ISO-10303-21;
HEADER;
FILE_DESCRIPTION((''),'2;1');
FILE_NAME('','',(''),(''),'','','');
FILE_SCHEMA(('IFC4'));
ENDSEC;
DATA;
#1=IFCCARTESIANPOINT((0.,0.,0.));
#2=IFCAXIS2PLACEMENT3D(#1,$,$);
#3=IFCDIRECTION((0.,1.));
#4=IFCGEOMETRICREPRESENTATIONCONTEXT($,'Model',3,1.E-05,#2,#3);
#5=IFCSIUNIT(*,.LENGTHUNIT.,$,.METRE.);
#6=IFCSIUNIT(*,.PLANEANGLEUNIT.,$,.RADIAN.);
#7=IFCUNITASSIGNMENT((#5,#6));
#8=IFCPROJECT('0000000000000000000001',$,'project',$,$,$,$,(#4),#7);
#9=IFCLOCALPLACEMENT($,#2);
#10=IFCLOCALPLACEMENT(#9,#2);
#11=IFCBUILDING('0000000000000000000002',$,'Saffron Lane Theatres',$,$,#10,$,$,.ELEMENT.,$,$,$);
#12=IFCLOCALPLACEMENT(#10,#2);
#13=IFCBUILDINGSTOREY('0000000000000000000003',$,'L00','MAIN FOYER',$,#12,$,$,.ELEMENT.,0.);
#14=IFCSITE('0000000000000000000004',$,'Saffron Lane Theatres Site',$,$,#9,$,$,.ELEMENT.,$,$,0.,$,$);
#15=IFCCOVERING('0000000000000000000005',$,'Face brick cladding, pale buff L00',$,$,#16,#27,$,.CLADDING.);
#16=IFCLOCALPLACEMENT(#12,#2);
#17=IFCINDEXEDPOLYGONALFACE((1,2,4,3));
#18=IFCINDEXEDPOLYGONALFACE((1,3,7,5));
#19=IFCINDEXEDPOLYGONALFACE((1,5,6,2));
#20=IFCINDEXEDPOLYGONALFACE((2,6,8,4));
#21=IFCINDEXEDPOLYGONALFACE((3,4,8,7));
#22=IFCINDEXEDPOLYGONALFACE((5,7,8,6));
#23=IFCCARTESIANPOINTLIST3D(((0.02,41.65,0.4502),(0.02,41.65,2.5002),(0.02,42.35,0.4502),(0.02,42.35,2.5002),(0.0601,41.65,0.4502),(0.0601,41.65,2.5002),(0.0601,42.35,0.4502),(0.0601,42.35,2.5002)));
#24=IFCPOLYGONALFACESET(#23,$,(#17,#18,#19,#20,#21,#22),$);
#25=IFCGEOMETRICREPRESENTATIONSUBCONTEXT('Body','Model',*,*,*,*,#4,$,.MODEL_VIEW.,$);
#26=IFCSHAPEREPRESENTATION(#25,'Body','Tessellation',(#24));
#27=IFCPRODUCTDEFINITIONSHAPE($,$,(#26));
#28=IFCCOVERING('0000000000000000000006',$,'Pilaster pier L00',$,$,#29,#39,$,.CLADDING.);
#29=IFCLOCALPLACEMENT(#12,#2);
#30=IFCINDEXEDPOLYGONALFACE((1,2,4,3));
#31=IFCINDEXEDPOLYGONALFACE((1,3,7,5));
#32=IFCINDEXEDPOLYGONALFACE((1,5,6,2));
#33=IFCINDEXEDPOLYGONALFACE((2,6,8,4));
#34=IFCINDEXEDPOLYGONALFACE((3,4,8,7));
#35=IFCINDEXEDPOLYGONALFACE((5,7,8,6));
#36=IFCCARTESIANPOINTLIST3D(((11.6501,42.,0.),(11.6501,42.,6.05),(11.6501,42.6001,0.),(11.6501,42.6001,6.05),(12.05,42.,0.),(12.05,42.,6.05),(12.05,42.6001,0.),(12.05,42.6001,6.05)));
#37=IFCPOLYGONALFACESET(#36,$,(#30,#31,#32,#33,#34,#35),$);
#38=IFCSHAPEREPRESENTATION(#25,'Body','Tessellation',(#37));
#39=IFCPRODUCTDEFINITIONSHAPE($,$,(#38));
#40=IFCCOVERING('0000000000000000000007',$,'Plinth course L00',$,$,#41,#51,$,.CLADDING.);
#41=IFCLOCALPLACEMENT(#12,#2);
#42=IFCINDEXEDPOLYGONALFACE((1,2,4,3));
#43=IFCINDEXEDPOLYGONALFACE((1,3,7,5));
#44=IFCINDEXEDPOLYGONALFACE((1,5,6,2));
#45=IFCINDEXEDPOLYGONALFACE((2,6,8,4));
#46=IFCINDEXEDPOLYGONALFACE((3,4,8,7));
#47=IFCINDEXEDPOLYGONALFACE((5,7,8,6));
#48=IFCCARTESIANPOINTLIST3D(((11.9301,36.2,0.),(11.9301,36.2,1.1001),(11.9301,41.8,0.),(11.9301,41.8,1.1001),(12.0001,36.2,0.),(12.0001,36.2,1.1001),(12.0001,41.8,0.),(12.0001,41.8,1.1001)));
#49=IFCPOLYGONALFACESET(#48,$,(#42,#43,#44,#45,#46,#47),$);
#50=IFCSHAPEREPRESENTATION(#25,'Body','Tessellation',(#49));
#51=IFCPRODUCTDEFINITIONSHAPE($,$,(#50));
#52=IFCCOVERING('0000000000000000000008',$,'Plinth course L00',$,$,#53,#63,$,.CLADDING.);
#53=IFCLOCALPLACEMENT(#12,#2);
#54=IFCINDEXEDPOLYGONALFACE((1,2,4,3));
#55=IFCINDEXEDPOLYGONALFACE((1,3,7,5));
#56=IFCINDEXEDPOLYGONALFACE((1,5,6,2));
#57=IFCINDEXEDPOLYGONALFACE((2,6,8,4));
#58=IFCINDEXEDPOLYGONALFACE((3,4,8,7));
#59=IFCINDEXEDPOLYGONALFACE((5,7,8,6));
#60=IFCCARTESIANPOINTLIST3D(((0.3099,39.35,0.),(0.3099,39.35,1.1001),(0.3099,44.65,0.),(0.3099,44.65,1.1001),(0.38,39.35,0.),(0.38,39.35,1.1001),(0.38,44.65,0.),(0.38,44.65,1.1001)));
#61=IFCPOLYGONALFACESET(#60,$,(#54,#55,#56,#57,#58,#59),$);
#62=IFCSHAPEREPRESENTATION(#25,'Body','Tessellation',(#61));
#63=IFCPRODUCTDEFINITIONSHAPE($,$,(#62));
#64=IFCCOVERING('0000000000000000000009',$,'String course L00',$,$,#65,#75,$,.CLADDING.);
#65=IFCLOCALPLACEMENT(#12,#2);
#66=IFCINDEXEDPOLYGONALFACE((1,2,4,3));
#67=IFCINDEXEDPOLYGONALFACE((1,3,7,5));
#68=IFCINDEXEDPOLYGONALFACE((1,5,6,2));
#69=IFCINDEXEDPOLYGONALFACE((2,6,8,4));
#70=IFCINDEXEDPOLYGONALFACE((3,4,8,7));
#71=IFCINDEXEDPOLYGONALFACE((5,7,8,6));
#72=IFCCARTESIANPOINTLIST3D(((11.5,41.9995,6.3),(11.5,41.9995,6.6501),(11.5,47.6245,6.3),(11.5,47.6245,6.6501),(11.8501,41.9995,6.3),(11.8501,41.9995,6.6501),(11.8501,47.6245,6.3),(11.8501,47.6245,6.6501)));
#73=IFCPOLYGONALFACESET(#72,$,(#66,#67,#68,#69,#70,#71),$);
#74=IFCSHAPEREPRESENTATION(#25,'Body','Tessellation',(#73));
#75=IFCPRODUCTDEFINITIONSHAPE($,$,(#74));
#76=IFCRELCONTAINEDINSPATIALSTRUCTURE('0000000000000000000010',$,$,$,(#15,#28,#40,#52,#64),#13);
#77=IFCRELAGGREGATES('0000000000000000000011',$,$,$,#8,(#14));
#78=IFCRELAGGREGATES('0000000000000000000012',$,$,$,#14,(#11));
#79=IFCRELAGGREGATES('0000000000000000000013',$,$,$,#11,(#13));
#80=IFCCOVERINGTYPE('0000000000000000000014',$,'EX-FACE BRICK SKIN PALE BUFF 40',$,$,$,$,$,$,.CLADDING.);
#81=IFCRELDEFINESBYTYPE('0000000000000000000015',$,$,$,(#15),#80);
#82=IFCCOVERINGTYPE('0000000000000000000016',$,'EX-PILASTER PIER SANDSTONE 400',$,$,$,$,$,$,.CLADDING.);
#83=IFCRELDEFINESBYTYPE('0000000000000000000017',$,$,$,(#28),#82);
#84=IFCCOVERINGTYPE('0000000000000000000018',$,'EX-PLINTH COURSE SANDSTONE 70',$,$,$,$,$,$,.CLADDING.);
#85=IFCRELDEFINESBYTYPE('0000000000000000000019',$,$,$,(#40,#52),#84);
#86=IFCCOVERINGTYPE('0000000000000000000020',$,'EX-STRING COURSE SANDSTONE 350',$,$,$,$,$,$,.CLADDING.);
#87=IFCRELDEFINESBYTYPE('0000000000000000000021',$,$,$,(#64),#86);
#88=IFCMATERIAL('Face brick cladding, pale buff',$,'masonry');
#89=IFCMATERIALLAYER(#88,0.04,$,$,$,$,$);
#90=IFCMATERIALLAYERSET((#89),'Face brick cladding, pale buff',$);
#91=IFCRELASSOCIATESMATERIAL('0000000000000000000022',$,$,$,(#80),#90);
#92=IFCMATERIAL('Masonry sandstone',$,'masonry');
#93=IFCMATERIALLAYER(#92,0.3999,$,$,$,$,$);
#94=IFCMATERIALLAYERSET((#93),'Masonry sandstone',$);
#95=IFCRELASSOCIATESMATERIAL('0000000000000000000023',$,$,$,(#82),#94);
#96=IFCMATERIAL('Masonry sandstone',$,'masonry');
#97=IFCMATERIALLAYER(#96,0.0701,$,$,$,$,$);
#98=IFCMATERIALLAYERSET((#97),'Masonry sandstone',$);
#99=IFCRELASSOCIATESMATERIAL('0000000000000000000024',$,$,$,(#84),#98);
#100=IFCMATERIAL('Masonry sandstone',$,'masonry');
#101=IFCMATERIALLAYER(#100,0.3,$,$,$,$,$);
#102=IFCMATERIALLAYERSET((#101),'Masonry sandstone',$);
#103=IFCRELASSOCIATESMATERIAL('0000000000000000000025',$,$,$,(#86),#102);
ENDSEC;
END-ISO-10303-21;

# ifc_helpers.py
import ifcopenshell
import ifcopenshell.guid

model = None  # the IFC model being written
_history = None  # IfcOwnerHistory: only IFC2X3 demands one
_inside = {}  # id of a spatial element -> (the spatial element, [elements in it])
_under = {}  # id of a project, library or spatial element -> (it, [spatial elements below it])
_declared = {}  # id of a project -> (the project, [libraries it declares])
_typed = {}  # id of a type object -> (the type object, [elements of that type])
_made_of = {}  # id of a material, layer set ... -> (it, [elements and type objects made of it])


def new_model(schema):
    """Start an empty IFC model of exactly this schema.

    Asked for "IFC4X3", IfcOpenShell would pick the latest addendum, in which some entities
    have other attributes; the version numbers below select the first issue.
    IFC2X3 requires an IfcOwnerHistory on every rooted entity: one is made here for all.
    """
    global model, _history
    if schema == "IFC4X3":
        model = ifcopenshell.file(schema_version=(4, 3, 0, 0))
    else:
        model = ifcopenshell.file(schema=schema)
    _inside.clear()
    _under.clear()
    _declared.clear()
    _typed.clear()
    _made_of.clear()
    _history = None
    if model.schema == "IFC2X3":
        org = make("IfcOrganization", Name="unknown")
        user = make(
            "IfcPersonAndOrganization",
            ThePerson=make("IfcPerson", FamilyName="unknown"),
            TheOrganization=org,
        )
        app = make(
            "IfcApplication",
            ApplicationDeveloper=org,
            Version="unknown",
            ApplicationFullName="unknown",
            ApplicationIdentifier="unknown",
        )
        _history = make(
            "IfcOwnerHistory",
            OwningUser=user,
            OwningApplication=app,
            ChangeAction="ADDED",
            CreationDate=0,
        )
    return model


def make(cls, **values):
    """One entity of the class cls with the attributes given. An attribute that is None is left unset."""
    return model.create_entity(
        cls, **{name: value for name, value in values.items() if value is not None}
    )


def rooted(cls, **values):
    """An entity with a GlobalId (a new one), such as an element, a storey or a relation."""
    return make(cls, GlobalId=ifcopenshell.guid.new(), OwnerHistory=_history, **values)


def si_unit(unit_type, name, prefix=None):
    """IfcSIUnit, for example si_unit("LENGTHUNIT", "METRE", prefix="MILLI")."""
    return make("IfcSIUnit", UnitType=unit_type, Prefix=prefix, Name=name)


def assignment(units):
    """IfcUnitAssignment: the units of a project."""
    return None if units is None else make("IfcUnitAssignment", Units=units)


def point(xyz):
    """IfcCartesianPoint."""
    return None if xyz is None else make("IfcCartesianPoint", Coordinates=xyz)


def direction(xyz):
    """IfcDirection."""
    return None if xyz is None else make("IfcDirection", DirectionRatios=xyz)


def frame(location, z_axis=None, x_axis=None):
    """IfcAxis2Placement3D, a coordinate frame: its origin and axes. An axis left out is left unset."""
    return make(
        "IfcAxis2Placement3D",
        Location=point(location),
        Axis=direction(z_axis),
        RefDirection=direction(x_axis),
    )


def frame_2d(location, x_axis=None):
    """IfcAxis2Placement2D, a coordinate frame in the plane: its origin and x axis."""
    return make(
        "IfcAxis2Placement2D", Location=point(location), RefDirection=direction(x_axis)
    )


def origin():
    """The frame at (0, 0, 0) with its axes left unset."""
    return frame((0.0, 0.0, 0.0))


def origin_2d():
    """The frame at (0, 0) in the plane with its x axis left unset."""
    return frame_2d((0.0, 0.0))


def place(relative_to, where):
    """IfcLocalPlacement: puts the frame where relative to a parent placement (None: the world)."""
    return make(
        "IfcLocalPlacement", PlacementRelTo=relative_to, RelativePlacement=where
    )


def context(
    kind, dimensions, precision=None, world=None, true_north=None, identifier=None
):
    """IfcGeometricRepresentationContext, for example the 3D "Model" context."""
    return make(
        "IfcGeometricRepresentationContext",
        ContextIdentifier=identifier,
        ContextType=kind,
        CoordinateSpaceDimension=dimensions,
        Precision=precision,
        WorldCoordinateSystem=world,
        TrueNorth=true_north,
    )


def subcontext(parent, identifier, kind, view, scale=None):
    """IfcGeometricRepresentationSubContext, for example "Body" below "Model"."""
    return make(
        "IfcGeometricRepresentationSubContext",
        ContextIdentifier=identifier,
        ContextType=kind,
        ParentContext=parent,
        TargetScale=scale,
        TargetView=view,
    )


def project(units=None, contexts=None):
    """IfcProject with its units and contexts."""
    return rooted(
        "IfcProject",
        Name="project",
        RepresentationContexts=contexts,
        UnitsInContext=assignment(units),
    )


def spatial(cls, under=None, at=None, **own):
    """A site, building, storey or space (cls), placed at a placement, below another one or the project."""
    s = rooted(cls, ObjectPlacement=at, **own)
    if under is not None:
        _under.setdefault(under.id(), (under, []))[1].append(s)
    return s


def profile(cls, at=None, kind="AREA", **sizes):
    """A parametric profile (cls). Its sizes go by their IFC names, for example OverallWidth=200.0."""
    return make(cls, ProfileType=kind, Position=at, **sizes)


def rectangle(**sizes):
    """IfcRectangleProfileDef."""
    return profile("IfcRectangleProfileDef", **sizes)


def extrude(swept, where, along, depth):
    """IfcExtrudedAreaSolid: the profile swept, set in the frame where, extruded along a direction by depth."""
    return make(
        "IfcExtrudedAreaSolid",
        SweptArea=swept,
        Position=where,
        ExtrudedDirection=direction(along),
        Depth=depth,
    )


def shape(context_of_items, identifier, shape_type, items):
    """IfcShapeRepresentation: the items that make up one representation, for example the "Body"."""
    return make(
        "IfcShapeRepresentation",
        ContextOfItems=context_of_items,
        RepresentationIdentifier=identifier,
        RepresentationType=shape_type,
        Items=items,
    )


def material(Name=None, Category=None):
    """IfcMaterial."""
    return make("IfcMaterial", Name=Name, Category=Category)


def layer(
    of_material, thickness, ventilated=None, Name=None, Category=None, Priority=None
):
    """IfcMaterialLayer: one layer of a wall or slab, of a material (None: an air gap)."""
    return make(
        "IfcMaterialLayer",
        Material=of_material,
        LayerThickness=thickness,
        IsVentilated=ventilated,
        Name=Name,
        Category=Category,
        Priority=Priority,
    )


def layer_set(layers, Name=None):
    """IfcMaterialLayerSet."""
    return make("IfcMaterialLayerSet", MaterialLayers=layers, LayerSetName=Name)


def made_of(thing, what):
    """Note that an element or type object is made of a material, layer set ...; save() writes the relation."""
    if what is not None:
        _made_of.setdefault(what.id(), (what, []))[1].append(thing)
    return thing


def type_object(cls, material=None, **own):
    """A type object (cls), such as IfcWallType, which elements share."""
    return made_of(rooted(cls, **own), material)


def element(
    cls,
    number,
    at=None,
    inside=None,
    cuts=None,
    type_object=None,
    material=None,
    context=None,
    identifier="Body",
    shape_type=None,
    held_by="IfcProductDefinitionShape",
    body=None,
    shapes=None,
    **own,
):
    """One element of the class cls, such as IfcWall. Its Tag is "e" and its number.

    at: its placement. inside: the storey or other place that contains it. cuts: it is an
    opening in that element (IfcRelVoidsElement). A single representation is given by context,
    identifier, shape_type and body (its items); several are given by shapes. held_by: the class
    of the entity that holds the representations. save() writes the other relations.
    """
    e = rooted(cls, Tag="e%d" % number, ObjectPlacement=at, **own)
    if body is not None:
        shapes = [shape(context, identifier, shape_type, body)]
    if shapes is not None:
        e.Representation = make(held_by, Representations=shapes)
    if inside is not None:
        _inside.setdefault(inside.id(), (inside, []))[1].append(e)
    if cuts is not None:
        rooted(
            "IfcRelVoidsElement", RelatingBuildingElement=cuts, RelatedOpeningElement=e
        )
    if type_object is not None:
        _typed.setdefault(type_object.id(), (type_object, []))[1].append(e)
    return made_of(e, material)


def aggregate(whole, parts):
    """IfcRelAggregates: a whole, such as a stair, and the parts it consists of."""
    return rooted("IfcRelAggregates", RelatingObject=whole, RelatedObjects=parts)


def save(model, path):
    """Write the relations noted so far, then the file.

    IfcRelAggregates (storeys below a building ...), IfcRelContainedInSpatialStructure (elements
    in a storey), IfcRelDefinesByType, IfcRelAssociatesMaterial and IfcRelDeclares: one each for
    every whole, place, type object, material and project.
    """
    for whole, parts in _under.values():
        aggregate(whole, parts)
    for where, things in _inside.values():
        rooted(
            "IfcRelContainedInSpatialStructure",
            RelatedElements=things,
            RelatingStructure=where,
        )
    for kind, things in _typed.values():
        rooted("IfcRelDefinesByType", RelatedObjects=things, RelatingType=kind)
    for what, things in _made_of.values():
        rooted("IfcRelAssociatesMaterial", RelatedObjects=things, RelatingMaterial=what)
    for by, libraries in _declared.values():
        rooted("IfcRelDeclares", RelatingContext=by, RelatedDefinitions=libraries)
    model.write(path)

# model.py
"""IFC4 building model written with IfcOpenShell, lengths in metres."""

from ifc_helpers import new_model, si_unit, direction, frame, origin, origin_2d, place, context, subcontext, project, spatial, rectangle, extrude, material, layer, layer_set, type_object, element, save


model = new_model("IFC4")

# Units and contexts
model_context = context("Model", 3, precision=1e-05, world=origin(), true_north=direction((0.0, 1.0)))
body_context = subcontext(model_context, "Body", "Model", "MODEL_VIEW")
ifc_project = project(units=[si_unit("LENGTHUNIT", "METRE"), si_unit("PLANEANGLEUNIT", "RADIAN")], contexts=[model_context])

# Site, building, storey
site_placement = place(None, origin())
site = spatial("IfcSite", under=ifc_project, at=site_placement, Name="Saffron Lane Theatres Site", CompositionType="ELEMENT", RefElevation=0.0)
building_placement = place(site_placement, origin())
building = spatial("IfcBuilding", under=site, at=building_placement, Name="Saffron Lane Theatres", CompositionType="ELEMENT")
storey_placement = place(building_placement, origin())
storey = spatial("IfcBuildingStorey", under=building, at=storey_placement, Name="L00", Description="MAIN FOYER", CompositionType="ELEMENT", Elevation=0.0)

# Coverings
ifc_material_1 = material(Name="Face brick cladding, pale buff", Category="masonry")
ifc_layer_1 = layer(ifc_material_1, 0.04)
ifc_layer_set_1 = layer_set([ifc_layer_1], Name="Face brick cladding, pale buff")
covering_type_1 = type_object("IfcCoveringType", Name="EX-FACE BRICK SKIN PALE BUFF 40", PredefinedType="CLADDING", material=ifc_layer_set_1)
covering_1_placement = place(storey_placement, frame((0.04, 42.0, 0.4502), z_axis=(0.0, 0.0, 1.0), x_axis=(0.0, 1.0, 0.0)))
element("IfcCovering", 1, at=covering_1_placement, inside=storey, type_object=covering_type_1, Name="Face brick cladding, pale buff L00", PredefinedType="CLADDING", context=body_context, shape_type="SweptSolid", body=[
    extrude(rectangle(XDim=0.7, YDim=0.04, at=origin_2d()), origin(), (0.0, 0.0, 1.0), 2.05),
])
ifc_material_2 = material(Name="Masonry sandstone", Category="masonry")
ifc_layer_2 = layer(ifc_material_2, 0.3999)
ifc_layer_set_2 = layer_set([ifc_layer_2], Name="Masonry sandstone")
covering_type_2 = type_object("IfcCoveringType", Name="EX-PILASTER PIER SANDSTONE 400", PredefinedType="CLADDING", material=ifc_layer_set_2)
covering_2_placement = place(storey_placement, frame((11.8501, 42.3, 0.0), z_axis=(0.0, 0.0, 1.0), x_axis=(0.0, 1.0, 0.0)))
element("IfcCovering", 2, at=covering_2_placement, inside=storey, type_object=covering_type_2, Name="Pilaster pier L00", PredefinedType="CLADDING", context=body_context, shape_type="SweptSolid", body=[
    extrude(rectangle(XDim=0.6001, YDim=0.3999, at=origin_2d()), origin(), (0.0, 0.0, 1.0), 6.05),
])
ifc_material_3 = material(Name="Masonry sandstone", Category="masonry")
ifc_layer_3 = layer(ifc_material_3, 0.0701)
ifc_layer_set_3 = layer_set([ifc_layer_3], Name="Masonry sandstone")
covering_type_3 = type_object("IfcCoveringType", Name="EX-PLINTH COURSE SANDSTONE 70", PredefinedType="CLADDING", material=ifc_layer_set_3)
covering_3_placement = place(storey_placement, frame((11.9651, 39.0, 0.0), z_axis=(0.0, 0.0, 1.0), x_axis=(0.0, 1.0, 0.0)))
element("IfcCovering", 3, at=covering_3_placement, inside=storey, type_object=covering_type_3, Name="Plinth course L00", PredefinedType="CLADDING", context=body_context, shape_type="SweptSolid", body=[
    extrude(rectangle(XDim=5.6001, YDim=0.0701, at=origin_2d()), origin(), (0.0, 0.0, 1.0), 1.1001),
])
covering_4_placement = place(storey_placement, frame((0.345, 42.0, 0.0), z_axis=(0.0, 0.0, 1.0), x_axis=(0.0, 1.0, 0.0)))
element("IfcCovering", 4, at=covering_4_placement, inside=storey, type_object=covering_type_3, Name="Plinth course L00", PredefinedType="CLADDING", context=body_context, shape_type="SweptSolid", body=[
    extrude(rectangle(XDim=5.3, YDim=0.0701, at=origin_2d()), origin(), (0.0, 0.0, 1.0), 1.1001),
])
ifc_material_4 = material(Name="Masonry sandstone", Category="masonry")
ifc_layer_4 = layer(ifc_material_4, 0.3)
ifc_layer_set_4 = layer_set([ifc_layer_4], Name="Masonry sandstone")
covering_type_4 = type_object("IfcCoveringType", Name="EX-STRING COURSE SANDSTONE 350", PredefinedType="CLADDING", material=ifc_layer_set_4)
covering_5_placement = place(storey_placement, frame((11.675, 44.812, 6.3), z_axis=(0.0, 0.0, 1.0), x_axis=(0.0, 1.0, 0.0)))
element("IfcCovering", 5, at=covering_5_placement, inside=storey, type_object=covering_type_4, Name="String course L00", PredefinedType="CLADDING", context=body_context, shape_type="SweptSolid", body=[
    extrude(rectangle(XDim=5.625, YDim=0.3501, at=origin_2d()), origin(), (0.0, 0.0, 1.0), 0.3501),
])

save(model, "model.ifc")
